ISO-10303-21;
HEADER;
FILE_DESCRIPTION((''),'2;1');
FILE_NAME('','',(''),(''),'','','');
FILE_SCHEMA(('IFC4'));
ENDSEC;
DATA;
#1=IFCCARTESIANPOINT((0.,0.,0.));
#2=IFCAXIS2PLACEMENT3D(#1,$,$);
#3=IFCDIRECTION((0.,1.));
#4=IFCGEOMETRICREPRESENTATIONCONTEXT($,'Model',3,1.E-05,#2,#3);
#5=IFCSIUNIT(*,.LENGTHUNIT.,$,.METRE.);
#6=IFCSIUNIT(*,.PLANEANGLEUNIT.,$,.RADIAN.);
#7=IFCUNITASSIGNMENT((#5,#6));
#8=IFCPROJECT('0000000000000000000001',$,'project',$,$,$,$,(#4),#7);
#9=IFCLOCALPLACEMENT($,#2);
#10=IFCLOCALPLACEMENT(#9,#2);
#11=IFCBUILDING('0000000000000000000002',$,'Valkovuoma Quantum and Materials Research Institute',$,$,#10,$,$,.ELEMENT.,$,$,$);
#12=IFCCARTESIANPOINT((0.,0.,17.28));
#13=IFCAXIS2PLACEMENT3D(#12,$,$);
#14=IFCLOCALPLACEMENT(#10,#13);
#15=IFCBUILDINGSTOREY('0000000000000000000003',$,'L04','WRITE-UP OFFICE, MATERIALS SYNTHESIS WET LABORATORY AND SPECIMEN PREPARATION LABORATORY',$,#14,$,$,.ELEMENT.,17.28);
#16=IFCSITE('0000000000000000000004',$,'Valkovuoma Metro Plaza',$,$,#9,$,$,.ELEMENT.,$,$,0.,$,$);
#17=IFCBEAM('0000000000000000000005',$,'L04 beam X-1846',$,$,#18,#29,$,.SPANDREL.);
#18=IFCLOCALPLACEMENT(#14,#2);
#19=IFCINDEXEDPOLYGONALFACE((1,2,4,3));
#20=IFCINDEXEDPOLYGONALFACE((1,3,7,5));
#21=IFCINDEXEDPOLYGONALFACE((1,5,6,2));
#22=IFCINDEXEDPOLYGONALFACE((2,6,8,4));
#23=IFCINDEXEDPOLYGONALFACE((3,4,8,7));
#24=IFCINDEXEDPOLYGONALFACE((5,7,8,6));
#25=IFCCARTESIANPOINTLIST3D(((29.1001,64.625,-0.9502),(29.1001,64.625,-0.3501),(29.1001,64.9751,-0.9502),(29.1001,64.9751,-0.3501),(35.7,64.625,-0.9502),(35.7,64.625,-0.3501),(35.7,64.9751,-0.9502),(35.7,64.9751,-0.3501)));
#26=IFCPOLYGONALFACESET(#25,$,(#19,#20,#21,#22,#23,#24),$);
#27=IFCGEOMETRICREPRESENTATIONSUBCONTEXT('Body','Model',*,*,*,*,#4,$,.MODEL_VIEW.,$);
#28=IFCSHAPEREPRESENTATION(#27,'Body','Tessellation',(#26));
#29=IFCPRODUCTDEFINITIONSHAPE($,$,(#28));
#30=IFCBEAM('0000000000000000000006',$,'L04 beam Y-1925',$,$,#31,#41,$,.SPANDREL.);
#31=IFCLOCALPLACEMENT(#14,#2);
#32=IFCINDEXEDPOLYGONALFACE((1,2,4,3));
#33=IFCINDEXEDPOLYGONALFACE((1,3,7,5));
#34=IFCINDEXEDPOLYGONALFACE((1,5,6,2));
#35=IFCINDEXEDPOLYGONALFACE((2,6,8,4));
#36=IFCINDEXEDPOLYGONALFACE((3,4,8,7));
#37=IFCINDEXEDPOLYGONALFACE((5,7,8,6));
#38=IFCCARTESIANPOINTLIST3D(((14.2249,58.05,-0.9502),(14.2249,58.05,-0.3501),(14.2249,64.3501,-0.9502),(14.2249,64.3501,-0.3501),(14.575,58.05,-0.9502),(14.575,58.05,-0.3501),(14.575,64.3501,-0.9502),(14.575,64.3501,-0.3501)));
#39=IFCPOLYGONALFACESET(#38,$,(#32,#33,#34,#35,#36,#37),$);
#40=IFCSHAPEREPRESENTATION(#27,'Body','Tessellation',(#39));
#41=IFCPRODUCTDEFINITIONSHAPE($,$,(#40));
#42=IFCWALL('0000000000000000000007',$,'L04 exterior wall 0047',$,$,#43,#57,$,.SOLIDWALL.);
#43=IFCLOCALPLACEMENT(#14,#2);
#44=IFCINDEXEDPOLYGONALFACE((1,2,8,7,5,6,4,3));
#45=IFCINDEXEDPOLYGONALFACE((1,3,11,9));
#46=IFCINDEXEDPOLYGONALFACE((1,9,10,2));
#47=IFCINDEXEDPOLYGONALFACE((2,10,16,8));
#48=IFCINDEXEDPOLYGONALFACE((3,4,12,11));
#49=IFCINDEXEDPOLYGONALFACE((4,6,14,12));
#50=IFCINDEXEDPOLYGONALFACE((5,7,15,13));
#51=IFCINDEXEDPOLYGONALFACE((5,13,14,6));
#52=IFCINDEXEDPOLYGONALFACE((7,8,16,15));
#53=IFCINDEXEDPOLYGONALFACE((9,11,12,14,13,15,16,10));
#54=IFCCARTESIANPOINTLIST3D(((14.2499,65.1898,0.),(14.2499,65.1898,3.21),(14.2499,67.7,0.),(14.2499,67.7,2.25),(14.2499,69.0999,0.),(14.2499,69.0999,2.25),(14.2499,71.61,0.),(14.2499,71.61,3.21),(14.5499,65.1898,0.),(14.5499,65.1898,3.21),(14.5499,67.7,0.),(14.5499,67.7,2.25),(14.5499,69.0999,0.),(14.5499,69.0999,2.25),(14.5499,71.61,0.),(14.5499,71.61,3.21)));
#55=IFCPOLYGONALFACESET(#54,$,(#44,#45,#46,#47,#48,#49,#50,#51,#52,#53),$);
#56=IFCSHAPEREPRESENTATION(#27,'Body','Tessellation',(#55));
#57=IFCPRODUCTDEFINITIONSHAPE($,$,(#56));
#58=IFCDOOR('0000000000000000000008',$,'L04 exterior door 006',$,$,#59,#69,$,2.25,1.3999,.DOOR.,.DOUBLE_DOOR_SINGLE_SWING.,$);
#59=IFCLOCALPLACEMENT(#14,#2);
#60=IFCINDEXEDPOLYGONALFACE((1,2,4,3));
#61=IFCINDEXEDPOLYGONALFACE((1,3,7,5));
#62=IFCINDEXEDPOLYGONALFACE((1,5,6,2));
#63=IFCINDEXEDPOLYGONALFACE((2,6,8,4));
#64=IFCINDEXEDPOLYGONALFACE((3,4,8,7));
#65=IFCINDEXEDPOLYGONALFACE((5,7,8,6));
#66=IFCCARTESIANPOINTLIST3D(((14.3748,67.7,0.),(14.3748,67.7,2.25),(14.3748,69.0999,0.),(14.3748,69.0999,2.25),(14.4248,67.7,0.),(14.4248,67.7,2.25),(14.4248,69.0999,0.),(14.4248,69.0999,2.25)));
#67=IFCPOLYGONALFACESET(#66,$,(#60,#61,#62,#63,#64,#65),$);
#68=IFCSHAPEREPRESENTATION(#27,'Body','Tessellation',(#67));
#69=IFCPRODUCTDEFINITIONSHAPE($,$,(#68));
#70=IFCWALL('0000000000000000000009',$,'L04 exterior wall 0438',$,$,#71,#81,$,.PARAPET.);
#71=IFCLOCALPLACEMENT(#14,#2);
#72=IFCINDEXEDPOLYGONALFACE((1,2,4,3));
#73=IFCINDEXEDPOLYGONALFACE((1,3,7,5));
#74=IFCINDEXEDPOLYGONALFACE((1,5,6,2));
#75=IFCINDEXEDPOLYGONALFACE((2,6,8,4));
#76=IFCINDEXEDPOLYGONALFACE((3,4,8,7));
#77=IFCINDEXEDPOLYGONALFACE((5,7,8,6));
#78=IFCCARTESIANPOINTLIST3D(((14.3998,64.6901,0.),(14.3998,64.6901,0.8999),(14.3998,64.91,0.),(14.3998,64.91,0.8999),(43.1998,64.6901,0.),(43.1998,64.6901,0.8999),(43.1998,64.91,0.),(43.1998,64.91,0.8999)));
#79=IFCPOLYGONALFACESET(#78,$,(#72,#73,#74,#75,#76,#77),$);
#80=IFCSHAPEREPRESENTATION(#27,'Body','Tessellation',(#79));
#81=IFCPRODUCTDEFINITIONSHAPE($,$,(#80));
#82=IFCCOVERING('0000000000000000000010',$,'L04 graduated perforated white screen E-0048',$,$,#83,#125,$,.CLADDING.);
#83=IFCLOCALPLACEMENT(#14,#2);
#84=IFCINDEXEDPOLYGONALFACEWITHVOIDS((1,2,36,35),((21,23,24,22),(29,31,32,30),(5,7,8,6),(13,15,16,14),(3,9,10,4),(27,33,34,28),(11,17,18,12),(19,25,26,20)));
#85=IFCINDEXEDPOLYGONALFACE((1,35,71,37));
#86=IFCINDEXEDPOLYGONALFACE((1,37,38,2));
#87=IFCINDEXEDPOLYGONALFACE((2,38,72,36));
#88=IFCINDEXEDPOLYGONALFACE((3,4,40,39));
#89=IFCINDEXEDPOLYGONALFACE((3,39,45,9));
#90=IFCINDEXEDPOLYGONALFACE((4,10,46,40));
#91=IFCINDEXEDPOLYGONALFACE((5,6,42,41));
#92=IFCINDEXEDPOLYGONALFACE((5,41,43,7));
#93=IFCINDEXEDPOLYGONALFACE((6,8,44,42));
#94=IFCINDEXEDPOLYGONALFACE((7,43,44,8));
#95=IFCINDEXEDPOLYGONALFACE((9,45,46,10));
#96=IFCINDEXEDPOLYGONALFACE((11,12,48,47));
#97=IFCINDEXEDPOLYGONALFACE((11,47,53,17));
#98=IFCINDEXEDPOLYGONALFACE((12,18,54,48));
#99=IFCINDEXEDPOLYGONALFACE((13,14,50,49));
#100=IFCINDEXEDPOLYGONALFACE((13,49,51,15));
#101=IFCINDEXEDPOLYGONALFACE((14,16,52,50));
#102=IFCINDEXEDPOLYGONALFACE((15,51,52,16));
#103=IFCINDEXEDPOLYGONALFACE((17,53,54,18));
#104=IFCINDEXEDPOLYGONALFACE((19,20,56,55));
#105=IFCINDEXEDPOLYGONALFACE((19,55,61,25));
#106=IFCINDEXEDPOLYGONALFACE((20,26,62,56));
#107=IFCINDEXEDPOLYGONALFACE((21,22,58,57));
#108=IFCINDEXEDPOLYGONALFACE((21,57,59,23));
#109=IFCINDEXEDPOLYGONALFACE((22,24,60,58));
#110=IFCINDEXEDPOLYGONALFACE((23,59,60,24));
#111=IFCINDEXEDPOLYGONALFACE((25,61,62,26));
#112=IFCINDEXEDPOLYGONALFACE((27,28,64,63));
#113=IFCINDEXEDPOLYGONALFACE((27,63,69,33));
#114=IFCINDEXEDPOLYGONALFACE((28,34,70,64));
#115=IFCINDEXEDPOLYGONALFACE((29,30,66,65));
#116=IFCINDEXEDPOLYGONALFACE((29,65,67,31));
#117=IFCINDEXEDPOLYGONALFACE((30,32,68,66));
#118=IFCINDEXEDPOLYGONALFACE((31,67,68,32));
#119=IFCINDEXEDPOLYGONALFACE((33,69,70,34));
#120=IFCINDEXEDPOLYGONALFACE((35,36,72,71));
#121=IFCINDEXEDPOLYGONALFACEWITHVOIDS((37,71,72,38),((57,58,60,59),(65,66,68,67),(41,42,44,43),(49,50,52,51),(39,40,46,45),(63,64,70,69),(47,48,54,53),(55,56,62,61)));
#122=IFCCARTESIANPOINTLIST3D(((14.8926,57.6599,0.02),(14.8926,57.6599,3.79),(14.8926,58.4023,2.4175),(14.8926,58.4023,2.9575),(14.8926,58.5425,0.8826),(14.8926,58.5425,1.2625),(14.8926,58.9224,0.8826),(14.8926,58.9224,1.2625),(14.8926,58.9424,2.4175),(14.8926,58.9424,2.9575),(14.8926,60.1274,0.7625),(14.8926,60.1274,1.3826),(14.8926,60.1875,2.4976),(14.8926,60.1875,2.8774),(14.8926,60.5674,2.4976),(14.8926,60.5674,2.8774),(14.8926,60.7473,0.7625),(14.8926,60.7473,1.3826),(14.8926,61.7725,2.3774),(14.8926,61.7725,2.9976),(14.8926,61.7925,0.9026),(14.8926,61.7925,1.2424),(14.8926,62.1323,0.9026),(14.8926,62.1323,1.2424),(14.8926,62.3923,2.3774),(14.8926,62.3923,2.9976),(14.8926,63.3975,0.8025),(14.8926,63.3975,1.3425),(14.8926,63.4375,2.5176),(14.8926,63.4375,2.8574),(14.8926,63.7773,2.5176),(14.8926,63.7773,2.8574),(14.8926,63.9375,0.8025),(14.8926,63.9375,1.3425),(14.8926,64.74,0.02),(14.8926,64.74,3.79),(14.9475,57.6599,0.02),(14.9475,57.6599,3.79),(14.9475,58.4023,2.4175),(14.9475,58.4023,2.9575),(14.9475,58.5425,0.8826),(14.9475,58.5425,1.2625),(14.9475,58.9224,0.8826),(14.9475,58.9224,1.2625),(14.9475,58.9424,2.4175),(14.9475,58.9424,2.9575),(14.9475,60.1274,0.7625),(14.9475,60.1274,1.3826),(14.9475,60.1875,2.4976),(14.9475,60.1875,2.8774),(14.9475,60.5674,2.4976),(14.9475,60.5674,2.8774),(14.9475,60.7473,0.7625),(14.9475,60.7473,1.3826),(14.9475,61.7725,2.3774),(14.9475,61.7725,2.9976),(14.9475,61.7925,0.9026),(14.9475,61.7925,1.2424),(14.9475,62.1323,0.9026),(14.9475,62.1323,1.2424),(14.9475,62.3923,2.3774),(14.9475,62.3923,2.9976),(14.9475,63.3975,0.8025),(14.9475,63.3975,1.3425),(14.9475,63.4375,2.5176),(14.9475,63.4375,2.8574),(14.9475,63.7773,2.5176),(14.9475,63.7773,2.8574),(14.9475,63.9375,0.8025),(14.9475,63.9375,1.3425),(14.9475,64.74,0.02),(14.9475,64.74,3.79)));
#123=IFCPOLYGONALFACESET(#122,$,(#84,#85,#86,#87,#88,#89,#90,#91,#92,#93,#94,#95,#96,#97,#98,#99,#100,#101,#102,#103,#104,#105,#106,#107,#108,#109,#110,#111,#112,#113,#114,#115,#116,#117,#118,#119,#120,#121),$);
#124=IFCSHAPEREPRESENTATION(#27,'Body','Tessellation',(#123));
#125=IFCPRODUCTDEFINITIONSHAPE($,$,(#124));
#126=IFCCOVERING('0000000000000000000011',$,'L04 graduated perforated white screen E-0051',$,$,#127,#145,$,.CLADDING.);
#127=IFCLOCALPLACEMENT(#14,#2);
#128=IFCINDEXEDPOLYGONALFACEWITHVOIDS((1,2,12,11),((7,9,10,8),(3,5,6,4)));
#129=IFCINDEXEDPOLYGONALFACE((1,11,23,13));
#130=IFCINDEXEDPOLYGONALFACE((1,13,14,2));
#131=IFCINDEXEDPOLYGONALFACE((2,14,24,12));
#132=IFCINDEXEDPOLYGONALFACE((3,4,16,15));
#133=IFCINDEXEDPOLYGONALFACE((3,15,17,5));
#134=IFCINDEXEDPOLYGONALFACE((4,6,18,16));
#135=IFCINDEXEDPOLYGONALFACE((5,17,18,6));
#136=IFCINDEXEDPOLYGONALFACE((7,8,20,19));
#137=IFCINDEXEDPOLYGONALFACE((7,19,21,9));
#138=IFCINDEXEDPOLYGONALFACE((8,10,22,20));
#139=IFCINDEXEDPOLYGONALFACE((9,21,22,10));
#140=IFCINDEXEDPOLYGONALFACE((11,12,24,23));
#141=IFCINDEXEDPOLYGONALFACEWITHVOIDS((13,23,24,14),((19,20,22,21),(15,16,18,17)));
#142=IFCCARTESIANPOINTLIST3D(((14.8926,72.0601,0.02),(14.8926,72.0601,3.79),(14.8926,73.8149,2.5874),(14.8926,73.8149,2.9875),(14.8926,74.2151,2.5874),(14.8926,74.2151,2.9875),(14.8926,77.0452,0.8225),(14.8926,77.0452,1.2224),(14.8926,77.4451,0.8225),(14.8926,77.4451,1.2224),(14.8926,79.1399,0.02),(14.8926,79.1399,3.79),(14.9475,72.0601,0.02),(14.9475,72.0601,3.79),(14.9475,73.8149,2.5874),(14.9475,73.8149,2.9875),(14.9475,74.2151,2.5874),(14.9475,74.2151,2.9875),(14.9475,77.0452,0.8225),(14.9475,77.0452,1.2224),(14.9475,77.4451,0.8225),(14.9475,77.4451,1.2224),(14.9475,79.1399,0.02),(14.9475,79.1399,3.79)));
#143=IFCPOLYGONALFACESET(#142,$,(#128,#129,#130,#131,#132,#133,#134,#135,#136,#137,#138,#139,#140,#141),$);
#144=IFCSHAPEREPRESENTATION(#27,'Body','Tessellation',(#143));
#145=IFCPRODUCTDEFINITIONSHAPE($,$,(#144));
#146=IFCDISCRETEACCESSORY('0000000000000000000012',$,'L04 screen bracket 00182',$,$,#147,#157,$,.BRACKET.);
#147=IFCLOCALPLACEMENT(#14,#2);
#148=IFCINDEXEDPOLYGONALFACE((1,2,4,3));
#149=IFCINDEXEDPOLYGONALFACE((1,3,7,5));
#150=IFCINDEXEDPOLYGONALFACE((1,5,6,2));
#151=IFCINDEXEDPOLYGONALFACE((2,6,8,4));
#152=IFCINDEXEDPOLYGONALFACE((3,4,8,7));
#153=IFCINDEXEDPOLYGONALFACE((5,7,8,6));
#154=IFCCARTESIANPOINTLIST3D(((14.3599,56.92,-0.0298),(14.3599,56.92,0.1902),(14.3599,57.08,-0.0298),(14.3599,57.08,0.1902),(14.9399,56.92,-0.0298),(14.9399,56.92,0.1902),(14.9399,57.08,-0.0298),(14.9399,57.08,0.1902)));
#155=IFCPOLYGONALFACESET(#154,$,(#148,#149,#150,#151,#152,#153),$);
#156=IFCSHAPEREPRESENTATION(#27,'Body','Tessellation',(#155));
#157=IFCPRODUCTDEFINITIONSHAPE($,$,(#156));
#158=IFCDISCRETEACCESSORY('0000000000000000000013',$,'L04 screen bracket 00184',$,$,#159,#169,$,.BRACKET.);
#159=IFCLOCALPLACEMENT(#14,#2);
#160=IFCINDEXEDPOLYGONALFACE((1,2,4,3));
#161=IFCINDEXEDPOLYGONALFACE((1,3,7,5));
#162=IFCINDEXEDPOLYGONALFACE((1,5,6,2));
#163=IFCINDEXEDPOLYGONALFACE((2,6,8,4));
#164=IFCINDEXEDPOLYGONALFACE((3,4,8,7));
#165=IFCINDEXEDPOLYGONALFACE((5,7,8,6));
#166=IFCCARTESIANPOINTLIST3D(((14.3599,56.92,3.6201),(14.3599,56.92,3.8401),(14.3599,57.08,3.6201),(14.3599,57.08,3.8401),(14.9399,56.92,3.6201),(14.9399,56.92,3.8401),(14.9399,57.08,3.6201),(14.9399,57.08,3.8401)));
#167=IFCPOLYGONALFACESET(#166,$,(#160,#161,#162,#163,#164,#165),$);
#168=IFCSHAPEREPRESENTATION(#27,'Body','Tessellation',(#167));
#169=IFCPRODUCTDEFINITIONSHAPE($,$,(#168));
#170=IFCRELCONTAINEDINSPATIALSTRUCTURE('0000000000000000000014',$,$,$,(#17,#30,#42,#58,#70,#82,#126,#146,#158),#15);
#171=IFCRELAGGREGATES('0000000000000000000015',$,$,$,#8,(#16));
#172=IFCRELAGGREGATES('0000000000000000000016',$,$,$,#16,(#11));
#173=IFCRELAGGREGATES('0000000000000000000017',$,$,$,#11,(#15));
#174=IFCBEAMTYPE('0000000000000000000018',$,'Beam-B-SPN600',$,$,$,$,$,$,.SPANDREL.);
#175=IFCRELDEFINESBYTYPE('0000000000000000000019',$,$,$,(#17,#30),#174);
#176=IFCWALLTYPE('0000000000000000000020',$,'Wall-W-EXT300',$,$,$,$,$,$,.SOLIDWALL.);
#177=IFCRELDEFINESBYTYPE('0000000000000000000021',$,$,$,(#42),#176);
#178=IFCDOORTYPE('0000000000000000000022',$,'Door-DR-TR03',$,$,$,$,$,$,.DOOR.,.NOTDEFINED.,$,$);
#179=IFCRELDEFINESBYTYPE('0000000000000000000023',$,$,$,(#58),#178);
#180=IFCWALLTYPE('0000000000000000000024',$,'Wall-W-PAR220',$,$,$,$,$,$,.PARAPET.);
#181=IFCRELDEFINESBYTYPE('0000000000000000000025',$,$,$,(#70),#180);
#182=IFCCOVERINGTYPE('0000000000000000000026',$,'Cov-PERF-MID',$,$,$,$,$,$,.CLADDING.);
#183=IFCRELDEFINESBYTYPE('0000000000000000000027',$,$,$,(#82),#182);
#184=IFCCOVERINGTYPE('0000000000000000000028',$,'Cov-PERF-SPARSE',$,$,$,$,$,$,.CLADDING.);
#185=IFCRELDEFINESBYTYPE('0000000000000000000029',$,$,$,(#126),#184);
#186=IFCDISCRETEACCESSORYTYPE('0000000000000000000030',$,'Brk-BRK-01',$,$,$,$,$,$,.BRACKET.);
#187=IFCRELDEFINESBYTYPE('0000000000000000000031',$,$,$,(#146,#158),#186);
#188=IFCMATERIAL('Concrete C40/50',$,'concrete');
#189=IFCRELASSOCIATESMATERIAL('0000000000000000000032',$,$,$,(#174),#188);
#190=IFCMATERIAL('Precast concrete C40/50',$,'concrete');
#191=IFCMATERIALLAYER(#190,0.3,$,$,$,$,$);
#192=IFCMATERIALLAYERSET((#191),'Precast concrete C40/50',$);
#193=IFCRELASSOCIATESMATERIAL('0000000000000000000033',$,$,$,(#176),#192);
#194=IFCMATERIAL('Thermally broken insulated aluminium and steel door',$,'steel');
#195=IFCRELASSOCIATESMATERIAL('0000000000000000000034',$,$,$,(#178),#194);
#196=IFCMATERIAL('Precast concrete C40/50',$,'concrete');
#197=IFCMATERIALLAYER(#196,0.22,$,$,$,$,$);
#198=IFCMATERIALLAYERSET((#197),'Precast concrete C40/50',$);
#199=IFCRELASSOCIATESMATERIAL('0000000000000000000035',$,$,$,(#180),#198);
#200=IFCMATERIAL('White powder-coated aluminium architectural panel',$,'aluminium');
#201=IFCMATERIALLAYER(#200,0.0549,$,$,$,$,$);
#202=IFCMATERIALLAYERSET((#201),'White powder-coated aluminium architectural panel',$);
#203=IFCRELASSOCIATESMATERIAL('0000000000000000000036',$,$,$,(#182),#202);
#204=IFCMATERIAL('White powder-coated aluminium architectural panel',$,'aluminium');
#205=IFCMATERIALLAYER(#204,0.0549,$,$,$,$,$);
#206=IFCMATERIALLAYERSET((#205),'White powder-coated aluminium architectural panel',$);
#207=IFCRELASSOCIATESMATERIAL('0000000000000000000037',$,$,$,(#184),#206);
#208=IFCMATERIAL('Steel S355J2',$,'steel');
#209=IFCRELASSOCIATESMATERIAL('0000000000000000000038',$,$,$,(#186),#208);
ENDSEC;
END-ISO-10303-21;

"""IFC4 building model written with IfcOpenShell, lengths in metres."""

from ifc_helpers import new_model, si_unit, direction, frame, frame_2d, origin, origin_2d, place, context, subcontext, project, spatial, polyline, rectangle, outline, extrude, material, layer, layer_set, material_profile, profile_set, type_object, element, fill, save


model = new_model("IFC4")

# Units and contexts
model_context = context("Model", 3, precision=1e-05, world=origin(), true_north=direction((0.0, 1.0)))
body_context = subcontext(model_context, "Body", "Model", "MODEL_VIEW")
ifc_project = project(units=[si_unit("LENGTHUNIT", "METRE"), si_unit("PLANEANGLEUNIT", "RADIAN")], contexts=[model_context])

# Site, building, storey
site_placement = place(None, origin())
site = spatial("IfcSite", under=ifc_project, at=site_placement, Name="Valkovuoma Metro Plaza", CompositionType="ELEMENT", RefElevation=0.0)
building_placement = place(site_placement, origin())
building = spatial("IfcBuilding", under=site, at=building_placement, Name="Valkovuoma Quantum and Materials Research Institute", CompositionType="ELEMENT")
storey_placement = place(building_placement, frame((0.0, 0.0, 17.28)))
storey = spatial("IfcBuildingStorey", under=building, at=storey_placement, Name="L04", Description="WRITE-UP OFFICE, MATERIALS SYNTHESIS WET LABORATORY AND SPECIMEN PREPARATION LABORATORY", CompositionType="ELEMENT", Elevation=17.28)

# Beams
ifc_material_1 = material(Name="Concrete C40/50", Category="concrete")
ifc_material_profile_1 = material_profile(ifc_material_1, rectangle(XDim=0.3501, YDim=0.6001, at=origin_2d()), Name="Concrete C40/50")
ifc_profile_set_1 = profile_set([ifc_material_profile_1], Name="Concrete C40/50")
beam_type_1 = type_object("IfcBeamType", Name="Beam-B-SPN600", PredefinedType="SPANDREL", material=ifc_profile_set_1)
beam_1_placement = place(storey_placement, frame((29.1001, 64.8, -0.6501), z_axis=(1.0, 0.0, 0.0), x_axis=(0.0, 1.0, 0.0)))
element("IfcBeam", 1, at=beam_1_placement, inside=storey, type_object=beam_type_1, Name="L04 beam X-1846", PredefinedType="SPANDREL", context=body_context, shape_type="SweptSolid", body=[
    extrude(rectangle(XDim=0.3501, YDim=0.6001, at=origin_2d()), origin(), (0.0, 0.0, 1.0), 6.5999),
])
beam_2_placement = place(storey_placement, frame((14.3999, 58.05, -0.6501), z_axis=(0.0, 1.0, 0.0), x_axis=(-1.0, 0.0, 0.0)))
element("IfcBeam", 2, at=beam_2_placement, inside=storey, type_object=beam_type_1, Name="L04 beam Y-1925", PredefinedType="SPANDREL", context=body_context, shape_type="SweptSolid", body=[
    extrude(rectangle(XDim=0.3501, YDim=0.6001, at=origin_2d()), origin(), (0.0, 0.0, 1.0), 6.3),
])

# Wall, opening, door
ifc_material_2 = material(Name="Precast concrete C40/50", Category="concrete")
ifc_layer_1 = layer(ifc_material_2, 0.3)
ifc_layer_set_1 = layer_set([ifc_layer_1], Name="Precast concrete C40/50")
wall_type_1 = type_object("IfcWallType", Name="Wall-W-EXT300", PredefinedType="SOLIDWALL", material=ifc_layer_set_1)
wall_1_placement = place(storey_placement, frame((14.3999, 65.1899, 0.0), z_axis=(0.0, 0.0, 1.0), x_axis=(0.0, 1.0, 0.0)))
wall_1 = element("IfcWall", 3, at=wall_1_placement, inside=storey, type_object=wall_type_1, Name="L04 exterior wall 0047", PredefinedType="SOLIDWALL", context=body_context, shape_type="SweptSolid", body=[
    extrude(rectangle(XDim=6.4202, YDim=0.3, at=frame_2d((3.21, 0.0))), origin(), (0.0, 0.0, 1.0), 3.21),
])
opening_placement = place(wall_1_placement, frame((2.51, 0.0, 0.0)))
opening = element("IfcOpeningElement", 4, at=opening_placement, cuts=wall_1, PredefinedType="OPENING", context=body_context, shape_type="SweptSolid", body=[
    extrude(rectangle(XDim=1.3999, YDim=2.25, at=frame_2d((0.7, 1.125))), frame((0.0, 0.1602, 0.0), z_axis=(0.0, -1.0, 0.0), x_axis=(1.0, 0.0, 0.0)), (0.0, 0.0, 1.0), 0.3201),
])
ifc_material_3 = material(Name="Thermally broken insulated aluminium and steel door", Category="steel")
door_type = type_object("IfcDoorType", Name="Door-DR-TR03", OperationType="NOTDEFINED", PredefinedType="DOOR", material=ifc_material_3)
door_placement = place(opening_placement, frame((1.3999, 0.0, 0.0), z_axis=(0.0, 0.0, 1.0), x_axis=(-1.0, 0.0, 0.0)))
door = element("IfcDoor", 5, at=door_placement, inside=storey, type_object=door_type, Name="L04 exterior door 006", OperationType="DOUBLE_DOOR_SINGLE_SWING", OverallHeight=2.25, OverallWidth=1.3999, PredefinedType="DOOR", context=body_context, shape_type="SweptSolid", body=[
    extrude(rectangle(XDim=1.3999, YDim=2.25, at=frame_2d((0.7, 1.125))), frame((0.0, 0.0249, 0.0), z_axis=(0.0, -1.0, 0.0), x_axis=(1.0, 0.0, 0.0)), (0.0, 0.0, 1.0), 0.05),
])
fill(opening, door)

# Wall
ifc_material_4 = material(Name="Precast concrete C40/50", Category="concrete")
ifc_layer_2 = layer(ifc_material_4, 0.22)
ifc_layer_set_2 = layer_set([ifc_layer_2], Name="Precast concrete C40/50")
wall_type_2 = type_object("IfcWallType", Name="Wall-W-PAR220", PredefinedType="PARAPET", material=ifc_layer_set_2)
wall_2_placement = place(storey_placement, frame((14.3999, 64.8, 0.0), z_axis=(0.0, 0.0, 1.0), x_axis=(1.0, 0.0, 0.0)))
element("IfcWall", 6, at=wall_2_placement, inside=storey, type_object=wall_type_2, Name="L04 exterior wall 0438", PredefinedType="PARAPET", context=body_context, shape_type="SweptSolid", body=[
    extrude(rectangle(XDim=28.8, YDim=0.22, at=frame_2d((14.3999, 0.0))), origin(), (0.0, 0.0, 1.0), 0.8999),
])

# Coverings
ifc_material_5 = material(Name="White powder-coated aluminium architectural panel", Category="aluminium")
ifc_layer_3 = layer(ifc_material_5, 0.0549)
ifc_layer_set_3 = layer_set([ifc_layer_3], Name="White powder-coated aluminium architectural panel")
covering_type_1 = type_object("IfcCoveringType", Name="Cov-PERF-MID", PredefinedType="CLADDING", material=ifc_layer_set_3)
covering_1_placement = place(storey_placement, frame((14.9199, 57.6599, 0.02), z_axis=(0.0, 0.0, 1.0), x_axis=(0.0, 1.0, 0.0)))
element("IfcCovering", 7, at=covering_1_placement, inside=storey, type_object=covering_type_1, Name="L04 graduated perforated white screen E-0048", PredefinedType="CLADDING", context=body_context, shape_type="SweptSolid", body=[
    extrude(outline(polyline([(0.0, 0.0), (7.0801, 0.0), (7.0801, 3.77), (0.0, 3.77), (0.0, 0.0)]), holes=[polyline([(0.8826, 0.8625), (0.8826, 1.2424), (1.2625, 1.2424), (1.2625, 0.8625), (0.8826, 0.8625)]), polyline([(0.7424, 2.3975), (0.7424, 2.9375), (1.2825, 2.9375), (1.2825, 2.3975), (0.7424, 2.3975)]), polyline([(2.4675, 0.7424), (2.4675, 1.3625), (3.0874, 1.3625), (3.0874, 0.7424), (2.4675, 0.7424)]), polyline([(2.5276, 2.4775), (2.5276, 2.8574), (2.9075, 2.8574), (2.9075, 2.4775), (2.5276, 2.4775)]), polyline([(4.1326, 0.8826), (4.1326, 1.2224), (4.4724, 1.2224), (4.4724, 0.8826), (4.1326, 0.8826)]), polyline([(4.1125, 2.3574), (4.1125, 2.9775), (4.7324, 2.9775), (4.7324, 2.3574), (4.1125, 2.3574)]), polyline([(5.7375, 0.7825), (5.7375, 1.3225), (6.2776, 1.3225), (6.2776, 0.7825), (5.7375, 0.7825)]), polyline([(5.7776, 2.4976), (5.7776, 2.8374), (6.1174, 2.8374), (6.1174, 2.4976), (5.7776, 2.4976)])]), frame((0.0, 0.0273, 0.0), z_axis=(0.0, -1.0, 0.0), x_axis=(1.0, 0.0, 0.0)), (0.0, 0.0, 1.0), 0.0549),
])
ifc_material_6 = material(Name="White powder-coated aluminium architectural panel", Category="aluminium")
ifc_layer_4 = layer(ifc_material_6, 0.0549)
ifc_layer_set_4 = layer_set([ifc_layer_4], Name="White powder-coated aluminium architectural panel")
covering_type_2 = type_object("IfcCoveringType", Name="Cov-PERF-SPARSE", PredefinedType="CLADDING", material=ifc_layer_set_4)
covering_2_placement = place(storey_placement, frame((14.9199, 72.0601, 0.02), z_axis=(0.0, 0.0, 1.0), x_axis=(0.0, 1.0, 0.0)))
element("IfcCovering", 8, at=covering_2_placement, inside=storey, type_object=covering_type_2, Name="L04 graduated perforated white screen E-0051", PredefinedType="CLADDING", context=body_context, shape_type="SweptSolid", body=[
    extrude(outline(polyline([(0.0, 0.0), (7.0798, 0.0), (7.0798, 3.77), (0.0, 3.77), (0.0, 0.0)]), holes=[polyline([(1.7549, 2.5674), (1.7549, 2.9675), (2.155, 2.9675), (2.155, 2.5674), (1.7549, 2.5674)]), polyline([(4.9851, 0.8025), (4.9851, 1.2024), (5.385, 1.2024), (5.385, 0.8025), (4.9851, 0.8025)])]), frame((0.0, 0.0273, 0.0), z_axis=(0.0, -1.0, 0.0), x_axis=(1.0, 0.0, 0.0)), (0.0, 0.0, 1.0), 0.0549),
])

# Discrete accessories
ifc_material_7 = material(Name="Steel S355J2", Category="steel")
discrete_accessory_type = type_object("IfcDiscreteAccessoryType", Name="Brk-BRK-01", PredefinedType="BRACKET", material=ifc_material_7)
for number, where, z_axis, x_axis, name in (
    (9, (14.6499, 57.0, -0.0298), (0.0, 0.0, 1.0), (1.0, 0.0, 0.0), "L04 screen bracket 00182"),
    (10, (14.6499, 57.0, 3.6201), (0.0, 0.0, 1.0), (1.0, 0.0, 0.0), "L04 screen bracket 00184"),
):
    element("IfcDiscreteAccessory", number, at=place(storey_placement, frame(where, z_axis=z_axis, x_axis=x_axis)), inside=storey, type_object=discrete_accessory_type, Name=name, PredefinedType="BRACKET", context=body_context, shape_type="SweptSolid", body=[
        extrude(rectangle(XDim=0.5801, YDim=0.1599, at=origin_2d()), origin(), (0.0, 0.0, 1.0), 0.22),
    ])

save(model, "model.ifc")
